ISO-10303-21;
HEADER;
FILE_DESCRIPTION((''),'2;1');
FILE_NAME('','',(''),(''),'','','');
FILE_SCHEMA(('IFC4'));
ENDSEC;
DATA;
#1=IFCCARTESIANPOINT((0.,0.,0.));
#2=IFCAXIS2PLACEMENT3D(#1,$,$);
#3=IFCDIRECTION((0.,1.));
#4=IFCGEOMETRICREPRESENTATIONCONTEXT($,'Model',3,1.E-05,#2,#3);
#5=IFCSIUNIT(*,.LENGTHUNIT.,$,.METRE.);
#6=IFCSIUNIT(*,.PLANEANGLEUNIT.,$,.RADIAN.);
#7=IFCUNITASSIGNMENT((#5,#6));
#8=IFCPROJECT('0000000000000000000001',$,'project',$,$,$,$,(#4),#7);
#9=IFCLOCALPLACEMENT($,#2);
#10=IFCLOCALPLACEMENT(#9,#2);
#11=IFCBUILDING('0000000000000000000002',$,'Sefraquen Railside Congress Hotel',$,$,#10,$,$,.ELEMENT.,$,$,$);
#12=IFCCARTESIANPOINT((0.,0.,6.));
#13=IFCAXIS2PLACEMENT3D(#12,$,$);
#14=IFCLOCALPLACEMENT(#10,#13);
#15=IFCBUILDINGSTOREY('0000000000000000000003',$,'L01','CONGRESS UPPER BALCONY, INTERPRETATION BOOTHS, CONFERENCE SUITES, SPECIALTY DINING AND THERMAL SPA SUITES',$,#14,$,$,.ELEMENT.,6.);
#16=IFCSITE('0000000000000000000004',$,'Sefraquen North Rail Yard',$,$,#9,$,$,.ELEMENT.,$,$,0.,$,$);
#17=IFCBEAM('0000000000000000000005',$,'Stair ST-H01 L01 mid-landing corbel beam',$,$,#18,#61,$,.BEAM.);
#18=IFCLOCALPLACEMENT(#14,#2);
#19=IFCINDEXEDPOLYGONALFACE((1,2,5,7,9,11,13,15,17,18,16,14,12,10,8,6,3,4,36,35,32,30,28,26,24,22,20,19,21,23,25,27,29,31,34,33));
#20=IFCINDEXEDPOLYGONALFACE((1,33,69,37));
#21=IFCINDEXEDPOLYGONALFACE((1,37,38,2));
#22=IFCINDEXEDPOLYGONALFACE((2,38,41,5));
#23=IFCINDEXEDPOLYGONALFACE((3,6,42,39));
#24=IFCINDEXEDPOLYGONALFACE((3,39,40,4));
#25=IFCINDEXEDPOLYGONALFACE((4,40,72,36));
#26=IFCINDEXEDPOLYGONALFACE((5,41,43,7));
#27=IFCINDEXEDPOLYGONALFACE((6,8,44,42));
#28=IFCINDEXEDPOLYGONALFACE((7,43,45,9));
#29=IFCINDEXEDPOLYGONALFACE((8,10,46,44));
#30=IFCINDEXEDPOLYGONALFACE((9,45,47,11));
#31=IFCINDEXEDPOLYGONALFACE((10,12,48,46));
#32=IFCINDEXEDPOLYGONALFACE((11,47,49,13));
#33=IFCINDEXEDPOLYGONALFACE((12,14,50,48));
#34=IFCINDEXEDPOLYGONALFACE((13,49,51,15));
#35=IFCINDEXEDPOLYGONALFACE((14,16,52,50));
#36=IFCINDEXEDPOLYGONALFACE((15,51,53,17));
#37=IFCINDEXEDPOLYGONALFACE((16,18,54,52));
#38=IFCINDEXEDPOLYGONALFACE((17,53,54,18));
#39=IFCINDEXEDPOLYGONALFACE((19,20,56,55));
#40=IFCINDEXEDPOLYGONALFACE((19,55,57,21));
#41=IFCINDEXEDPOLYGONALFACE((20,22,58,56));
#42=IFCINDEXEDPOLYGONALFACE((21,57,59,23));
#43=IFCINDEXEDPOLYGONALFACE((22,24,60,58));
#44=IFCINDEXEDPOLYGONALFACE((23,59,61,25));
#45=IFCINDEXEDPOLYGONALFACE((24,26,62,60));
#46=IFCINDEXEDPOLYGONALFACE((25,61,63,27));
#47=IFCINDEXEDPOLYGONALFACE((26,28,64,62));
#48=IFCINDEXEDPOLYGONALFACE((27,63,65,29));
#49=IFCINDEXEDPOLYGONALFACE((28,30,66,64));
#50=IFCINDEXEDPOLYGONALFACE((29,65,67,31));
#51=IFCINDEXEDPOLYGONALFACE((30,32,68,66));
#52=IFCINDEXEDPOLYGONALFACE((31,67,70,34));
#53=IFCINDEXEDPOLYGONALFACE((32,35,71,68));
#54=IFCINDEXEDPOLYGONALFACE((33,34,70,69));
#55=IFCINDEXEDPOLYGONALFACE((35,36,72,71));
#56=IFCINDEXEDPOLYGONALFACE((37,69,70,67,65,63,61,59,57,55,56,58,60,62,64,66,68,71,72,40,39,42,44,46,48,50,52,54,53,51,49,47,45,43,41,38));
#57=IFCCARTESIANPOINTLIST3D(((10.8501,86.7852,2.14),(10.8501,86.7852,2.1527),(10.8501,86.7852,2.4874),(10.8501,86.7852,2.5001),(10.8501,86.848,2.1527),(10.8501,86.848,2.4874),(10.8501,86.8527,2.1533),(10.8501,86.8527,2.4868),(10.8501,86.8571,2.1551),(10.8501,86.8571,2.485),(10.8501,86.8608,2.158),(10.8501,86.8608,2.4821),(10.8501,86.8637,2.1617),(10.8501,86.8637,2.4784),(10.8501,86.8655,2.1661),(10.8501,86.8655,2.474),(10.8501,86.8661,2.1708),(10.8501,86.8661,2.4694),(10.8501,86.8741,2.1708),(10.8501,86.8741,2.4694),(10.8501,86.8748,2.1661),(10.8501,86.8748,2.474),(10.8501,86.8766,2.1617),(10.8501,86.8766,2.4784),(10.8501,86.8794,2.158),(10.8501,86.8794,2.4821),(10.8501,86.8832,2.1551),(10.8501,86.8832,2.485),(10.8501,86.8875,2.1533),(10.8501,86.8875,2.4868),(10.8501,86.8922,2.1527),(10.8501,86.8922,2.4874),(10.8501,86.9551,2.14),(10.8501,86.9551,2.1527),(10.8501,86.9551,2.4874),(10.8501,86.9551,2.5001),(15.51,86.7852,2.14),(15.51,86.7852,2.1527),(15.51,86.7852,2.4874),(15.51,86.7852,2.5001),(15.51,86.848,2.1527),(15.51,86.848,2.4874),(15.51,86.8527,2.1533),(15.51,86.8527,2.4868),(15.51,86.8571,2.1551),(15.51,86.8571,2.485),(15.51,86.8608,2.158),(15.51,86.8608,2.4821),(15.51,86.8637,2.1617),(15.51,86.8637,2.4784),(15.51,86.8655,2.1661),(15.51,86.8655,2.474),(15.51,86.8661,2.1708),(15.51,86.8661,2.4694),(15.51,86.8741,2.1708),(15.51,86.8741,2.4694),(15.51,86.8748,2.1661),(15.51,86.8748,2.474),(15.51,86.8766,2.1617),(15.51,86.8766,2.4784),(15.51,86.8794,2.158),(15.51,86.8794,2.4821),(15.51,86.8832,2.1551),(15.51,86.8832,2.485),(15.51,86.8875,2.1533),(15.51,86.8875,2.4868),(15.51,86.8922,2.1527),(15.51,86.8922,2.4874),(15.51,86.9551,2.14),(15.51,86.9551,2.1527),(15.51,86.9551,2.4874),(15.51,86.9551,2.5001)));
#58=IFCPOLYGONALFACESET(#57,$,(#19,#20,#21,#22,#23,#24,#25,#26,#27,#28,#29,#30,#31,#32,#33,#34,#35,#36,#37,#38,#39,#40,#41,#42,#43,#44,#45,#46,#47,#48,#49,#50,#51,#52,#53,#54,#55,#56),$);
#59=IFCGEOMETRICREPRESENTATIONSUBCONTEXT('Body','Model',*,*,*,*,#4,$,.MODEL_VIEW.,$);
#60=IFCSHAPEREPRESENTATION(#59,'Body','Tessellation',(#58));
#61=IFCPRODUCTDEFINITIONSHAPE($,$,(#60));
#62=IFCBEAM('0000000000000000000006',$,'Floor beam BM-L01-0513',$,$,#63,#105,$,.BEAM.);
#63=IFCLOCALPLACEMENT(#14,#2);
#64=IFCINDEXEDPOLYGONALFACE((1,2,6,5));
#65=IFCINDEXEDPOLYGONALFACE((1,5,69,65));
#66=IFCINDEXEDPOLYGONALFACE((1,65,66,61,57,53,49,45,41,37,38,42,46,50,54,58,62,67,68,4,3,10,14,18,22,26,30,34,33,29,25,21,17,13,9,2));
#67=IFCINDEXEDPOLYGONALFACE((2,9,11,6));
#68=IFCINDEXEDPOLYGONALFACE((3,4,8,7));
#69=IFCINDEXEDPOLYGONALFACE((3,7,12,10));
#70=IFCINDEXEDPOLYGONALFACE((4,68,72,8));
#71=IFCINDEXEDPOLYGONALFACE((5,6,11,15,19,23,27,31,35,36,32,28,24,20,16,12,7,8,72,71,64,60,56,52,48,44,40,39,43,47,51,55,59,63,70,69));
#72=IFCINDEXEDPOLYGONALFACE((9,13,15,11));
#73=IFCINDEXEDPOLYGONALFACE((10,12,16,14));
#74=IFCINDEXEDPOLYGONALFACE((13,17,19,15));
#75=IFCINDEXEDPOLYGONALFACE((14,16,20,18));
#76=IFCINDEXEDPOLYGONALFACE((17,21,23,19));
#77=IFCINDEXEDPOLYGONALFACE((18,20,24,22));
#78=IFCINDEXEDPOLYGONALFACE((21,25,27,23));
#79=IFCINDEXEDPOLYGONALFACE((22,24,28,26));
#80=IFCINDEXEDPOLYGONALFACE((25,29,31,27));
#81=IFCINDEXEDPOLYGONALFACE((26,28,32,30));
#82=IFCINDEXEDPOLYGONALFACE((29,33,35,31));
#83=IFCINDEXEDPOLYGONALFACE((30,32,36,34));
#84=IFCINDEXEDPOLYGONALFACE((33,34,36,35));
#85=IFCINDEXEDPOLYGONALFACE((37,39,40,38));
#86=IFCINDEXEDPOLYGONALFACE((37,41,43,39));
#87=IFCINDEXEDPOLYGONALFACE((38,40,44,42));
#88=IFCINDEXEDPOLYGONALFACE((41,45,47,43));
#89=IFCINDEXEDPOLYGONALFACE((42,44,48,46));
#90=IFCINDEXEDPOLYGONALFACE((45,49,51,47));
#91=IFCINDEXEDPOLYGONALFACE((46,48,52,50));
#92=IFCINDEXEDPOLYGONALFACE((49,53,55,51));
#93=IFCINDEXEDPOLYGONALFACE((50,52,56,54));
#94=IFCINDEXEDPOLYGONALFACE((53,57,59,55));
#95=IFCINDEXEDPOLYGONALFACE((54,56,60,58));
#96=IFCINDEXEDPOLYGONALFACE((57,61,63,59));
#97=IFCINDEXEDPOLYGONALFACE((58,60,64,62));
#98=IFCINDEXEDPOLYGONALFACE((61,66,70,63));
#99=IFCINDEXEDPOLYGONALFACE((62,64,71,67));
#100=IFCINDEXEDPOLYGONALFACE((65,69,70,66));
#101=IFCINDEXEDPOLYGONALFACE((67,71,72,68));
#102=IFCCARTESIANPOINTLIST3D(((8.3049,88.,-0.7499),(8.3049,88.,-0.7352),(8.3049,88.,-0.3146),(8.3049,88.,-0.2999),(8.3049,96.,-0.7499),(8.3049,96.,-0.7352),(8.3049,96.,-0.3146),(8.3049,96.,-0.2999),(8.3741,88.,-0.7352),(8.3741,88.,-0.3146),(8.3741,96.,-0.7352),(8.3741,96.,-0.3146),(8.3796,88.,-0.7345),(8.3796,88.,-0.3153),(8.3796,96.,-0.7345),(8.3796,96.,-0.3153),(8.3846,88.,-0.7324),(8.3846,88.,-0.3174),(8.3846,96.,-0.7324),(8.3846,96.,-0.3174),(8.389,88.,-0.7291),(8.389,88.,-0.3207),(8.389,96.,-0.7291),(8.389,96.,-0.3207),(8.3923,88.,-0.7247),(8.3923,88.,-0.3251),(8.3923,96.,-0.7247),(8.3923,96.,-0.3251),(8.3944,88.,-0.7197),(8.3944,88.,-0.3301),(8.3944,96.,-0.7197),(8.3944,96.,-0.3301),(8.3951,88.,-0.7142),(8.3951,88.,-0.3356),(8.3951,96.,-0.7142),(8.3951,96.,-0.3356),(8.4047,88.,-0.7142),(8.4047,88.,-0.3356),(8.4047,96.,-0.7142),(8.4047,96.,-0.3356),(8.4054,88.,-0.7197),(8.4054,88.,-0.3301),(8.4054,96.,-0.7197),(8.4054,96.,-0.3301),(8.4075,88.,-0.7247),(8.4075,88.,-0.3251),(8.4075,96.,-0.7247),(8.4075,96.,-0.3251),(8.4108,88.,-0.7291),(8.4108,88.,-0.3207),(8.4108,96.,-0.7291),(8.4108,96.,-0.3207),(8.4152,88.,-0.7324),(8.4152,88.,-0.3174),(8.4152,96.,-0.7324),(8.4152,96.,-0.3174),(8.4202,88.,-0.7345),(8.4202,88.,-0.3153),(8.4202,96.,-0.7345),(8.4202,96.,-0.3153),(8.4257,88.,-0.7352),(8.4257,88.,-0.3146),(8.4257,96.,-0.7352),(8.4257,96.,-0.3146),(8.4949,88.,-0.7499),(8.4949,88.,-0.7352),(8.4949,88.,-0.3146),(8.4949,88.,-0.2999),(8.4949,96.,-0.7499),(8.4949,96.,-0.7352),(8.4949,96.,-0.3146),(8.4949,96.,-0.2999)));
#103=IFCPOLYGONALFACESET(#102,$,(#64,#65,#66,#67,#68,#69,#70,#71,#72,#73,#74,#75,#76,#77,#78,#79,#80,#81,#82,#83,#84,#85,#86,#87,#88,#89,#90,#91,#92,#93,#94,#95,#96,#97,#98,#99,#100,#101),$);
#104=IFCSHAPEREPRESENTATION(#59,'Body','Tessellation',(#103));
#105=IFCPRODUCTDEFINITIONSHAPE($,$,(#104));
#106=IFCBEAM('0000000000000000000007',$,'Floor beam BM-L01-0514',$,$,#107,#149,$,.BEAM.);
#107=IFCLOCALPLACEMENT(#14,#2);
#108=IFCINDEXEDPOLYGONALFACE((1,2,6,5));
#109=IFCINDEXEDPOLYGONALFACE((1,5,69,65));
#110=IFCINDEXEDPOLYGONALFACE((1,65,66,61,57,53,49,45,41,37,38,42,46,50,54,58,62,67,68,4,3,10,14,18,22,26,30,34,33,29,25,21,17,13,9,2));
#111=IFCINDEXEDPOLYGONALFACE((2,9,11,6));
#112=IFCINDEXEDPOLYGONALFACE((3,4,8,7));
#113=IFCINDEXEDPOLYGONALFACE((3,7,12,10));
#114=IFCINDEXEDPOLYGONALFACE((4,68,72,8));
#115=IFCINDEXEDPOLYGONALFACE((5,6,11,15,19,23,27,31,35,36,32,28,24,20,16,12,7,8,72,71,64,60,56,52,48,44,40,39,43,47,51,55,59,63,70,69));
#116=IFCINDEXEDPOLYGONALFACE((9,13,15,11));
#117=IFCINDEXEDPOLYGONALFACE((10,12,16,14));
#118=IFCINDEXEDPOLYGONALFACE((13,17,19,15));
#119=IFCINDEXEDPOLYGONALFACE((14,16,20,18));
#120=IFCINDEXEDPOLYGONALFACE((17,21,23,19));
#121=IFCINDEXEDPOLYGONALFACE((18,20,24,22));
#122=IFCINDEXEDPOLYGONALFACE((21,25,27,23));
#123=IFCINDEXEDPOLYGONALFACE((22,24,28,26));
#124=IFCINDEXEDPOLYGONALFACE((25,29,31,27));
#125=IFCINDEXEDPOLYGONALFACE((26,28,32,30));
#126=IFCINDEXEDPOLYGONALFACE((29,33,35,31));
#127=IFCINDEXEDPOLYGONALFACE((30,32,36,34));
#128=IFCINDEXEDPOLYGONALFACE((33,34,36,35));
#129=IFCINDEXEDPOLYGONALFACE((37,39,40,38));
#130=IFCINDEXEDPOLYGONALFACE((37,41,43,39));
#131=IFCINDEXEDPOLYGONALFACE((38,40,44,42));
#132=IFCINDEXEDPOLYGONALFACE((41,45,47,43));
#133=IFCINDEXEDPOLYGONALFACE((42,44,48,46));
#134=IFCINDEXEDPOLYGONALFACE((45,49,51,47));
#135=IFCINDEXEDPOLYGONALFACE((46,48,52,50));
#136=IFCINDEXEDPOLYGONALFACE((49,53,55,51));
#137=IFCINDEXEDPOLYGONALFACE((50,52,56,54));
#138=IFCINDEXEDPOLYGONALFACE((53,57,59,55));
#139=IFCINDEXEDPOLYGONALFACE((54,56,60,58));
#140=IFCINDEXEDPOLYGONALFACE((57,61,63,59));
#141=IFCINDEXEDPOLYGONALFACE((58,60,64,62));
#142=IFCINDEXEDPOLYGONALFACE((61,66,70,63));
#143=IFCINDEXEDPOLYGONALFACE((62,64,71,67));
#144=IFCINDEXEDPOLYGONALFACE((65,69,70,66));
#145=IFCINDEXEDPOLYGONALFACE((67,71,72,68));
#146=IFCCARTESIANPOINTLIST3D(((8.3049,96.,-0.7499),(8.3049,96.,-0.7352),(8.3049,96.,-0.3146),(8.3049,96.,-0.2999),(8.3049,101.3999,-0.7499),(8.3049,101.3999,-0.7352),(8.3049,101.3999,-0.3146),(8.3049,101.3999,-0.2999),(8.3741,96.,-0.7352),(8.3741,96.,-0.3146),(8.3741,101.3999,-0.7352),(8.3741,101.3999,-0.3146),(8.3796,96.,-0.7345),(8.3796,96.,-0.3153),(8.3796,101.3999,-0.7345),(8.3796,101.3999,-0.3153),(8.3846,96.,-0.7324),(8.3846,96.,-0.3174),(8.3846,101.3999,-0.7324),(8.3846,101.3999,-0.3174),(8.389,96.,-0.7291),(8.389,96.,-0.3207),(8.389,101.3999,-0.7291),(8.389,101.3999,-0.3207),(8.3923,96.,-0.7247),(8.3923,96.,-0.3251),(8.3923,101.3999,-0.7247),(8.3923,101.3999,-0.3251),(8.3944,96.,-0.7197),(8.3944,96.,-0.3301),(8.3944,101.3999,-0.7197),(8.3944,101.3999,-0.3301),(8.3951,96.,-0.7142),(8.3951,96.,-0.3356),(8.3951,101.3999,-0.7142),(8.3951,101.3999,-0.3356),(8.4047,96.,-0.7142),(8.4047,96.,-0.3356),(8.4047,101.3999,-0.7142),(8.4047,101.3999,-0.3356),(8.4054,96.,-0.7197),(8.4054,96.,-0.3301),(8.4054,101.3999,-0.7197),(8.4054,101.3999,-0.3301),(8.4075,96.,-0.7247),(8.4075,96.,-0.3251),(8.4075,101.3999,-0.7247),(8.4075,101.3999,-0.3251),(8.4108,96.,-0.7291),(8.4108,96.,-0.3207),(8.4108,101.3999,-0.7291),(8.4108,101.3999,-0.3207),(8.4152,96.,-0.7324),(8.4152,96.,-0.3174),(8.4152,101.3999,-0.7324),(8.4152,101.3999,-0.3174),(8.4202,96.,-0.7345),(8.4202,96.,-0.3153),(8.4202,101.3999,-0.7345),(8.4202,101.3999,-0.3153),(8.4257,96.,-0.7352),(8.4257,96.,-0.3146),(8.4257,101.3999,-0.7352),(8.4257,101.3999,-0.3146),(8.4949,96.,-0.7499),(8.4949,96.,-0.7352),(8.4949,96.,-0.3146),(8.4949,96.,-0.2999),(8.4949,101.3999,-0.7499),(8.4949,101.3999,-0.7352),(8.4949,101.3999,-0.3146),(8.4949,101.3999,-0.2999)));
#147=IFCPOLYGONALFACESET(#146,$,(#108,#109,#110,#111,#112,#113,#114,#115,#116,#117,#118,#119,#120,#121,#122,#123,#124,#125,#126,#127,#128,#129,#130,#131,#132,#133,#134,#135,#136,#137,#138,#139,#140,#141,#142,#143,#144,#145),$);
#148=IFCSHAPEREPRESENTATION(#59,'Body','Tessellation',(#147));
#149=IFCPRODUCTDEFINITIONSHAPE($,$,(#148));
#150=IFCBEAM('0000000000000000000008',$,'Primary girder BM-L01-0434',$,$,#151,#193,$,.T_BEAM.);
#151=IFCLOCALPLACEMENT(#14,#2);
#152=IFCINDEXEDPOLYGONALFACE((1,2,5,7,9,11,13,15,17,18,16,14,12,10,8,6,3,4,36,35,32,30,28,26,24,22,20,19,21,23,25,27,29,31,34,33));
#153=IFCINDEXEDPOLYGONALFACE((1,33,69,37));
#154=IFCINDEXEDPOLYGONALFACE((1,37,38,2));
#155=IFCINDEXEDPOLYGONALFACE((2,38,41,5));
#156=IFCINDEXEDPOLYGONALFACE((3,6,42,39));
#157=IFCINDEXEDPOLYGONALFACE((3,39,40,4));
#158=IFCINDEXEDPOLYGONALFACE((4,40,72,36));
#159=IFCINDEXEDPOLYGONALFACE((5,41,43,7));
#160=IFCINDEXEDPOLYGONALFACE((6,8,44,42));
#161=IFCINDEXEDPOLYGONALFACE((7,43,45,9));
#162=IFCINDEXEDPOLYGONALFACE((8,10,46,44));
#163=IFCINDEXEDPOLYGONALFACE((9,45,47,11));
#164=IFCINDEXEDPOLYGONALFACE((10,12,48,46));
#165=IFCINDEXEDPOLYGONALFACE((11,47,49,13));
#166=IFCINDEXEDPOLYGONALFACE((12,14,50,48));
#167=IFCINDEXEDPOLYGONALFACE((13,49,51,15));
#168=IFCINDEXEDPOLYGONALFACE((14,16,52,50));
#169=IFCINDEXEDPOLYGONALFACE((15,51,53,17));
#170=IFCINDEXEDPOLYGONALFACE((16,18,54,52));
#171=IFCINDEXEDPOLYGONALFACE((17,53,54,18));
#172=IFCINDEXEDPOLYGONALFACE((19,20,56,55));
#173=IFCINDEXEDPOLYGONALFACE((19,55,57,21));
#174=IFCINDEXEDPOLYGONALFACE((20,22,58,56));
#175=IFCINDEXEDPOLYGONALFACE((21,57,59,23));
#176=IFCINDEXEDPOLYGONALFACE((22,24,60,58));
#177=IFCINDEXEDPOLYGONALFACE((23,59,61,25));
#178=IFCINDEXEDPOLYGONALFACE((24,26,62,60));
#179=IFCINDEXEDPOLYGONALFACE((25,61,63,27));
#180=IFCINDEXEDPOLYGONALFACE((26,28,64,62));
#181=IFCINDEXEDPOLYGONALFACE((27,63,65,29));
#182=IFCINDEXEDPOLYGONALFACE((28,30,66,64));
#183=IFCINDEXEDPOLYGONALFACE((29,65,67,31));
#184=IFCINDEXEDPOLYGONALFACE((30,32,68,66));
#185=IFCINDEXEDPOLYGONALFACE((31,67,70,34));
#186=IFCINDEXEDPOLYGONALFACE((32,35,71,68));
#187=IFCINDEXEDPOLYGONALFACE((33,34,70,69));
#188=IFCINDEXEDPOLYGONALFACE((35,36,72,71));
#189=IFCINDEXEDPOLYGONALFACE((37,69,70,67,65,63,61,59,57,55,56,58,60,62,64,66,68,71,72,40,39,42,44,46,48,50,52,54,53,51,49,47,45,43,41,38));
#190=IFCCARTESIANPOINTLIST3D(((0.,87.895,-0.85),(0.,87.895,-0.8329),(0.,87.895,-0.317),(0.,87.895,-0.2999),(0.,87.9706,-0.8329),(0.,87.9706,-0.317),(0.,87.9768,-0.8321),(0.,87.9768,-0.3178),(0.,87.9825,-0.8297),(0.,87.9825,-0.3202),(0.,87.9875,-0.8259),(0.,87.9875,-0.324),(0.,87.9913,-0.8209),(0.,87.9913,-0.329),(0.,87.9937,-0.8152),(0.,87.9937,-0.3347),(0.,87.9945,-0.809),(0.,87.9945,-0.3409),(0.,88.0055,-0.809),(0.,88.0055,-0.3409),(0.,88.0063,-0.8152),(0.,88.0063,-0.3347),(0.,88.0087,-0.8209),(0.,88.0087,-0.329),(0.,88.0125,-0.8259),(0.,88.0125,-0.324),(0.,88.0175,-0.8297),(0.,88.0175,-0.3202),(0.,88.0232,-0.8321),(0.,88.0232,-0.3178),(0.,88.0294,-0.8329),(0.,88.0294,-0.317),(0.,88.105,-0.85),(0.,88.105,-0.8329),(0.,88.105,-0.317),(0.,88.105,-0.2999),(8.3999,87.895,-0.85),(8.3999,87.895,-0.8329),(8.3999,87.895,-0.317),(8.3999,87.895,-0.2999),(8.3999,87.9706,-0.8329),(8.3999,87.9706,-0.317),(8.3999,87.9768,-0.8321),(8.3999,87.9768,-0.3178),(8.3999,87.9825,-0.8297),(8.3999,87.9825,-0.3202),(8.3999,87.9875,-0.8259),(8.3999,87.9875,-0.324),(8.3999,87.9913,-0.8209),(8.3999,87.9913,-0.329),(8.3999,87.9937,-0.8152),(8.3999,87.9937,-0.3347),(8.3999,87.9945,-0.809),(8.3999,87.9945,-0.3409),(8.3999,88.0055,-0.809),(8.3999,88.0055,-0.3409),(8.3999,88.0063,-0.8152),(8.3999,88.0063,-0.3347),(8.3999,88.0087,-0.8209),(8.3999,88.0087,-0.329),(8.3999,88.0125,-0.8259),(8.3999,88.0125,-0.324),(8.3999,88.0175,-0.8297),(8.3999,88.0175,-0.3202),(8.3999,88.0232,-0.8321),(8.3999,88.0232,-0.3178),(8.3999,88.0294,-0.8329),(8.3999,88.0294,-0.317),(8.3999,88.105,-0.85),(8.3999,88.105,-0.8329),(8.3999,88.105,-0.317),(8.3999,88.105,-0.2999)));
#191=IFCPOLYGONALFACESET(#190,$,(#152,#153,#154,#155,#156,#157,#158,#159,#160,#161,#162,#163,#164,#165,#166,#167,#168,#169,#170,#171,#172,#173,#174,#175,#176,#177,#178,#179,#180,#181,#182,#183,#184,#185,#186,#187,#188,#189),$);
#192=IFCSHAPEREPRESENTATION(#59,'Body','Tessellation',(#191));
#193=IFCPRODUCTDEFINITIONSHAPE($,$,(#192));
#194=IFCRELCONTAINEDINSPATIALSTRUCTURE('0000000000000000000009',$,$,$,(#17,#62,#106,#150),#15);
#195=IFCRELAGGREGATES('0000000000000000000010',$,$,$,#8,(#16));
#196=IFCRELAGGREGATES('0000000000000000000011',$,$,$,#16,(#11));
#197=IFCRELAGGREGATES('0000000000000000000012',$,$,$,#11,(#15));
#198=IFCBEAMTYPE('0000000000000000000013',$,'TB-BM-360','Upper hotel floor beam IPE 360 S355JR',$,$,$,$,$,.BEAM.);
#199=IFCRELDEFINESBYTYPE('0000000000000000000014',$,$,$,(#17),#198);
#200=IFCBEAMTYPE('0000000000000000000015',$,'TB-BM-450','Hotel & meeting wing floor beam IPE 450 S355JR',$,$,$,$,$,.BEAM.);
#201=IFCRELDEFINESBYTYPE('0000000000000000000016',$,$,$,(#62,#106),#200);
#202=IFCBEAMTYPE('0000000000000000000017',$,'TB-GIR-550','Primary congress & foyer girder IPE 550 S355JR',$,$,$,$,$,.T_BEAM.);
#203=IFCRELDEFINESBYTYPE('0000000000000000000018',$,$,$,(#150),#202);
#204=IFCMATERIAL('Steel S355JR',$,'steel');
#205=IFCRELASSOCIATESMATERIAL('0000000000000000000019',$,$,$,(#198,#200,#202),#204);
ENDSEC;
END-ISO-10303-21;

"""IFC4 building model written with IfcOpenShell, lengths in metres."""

from ifc_helpers import new_model, si_unit, direction, frame, origin, origin_2d, place, context, subcontext, project, spatial, i_section, extrude, material, material_profile, profile_set, type_object, element, save


model = new_model("IFC4")

# Units and contexts
model_context = context("Model", 3, precision=1e-05, world=origin(), true_north=direction((0.0, 1.0)))
body_context = subcontext(model_context, "Body", "Model", "MODEL_VIEW")
ifc_project = project(units=[si_unit("LENGTHUNIT", "METRE"), si_unit("PLANEANGLEUNIT", "RADIAN")], contexts=[model_context])

# Site, building, storey
site_placement = place(None, origin())
site = spatial("IfcSite", under=ifc_project, at=site_placement, Name="Sefraquen North Rail Yard", CompositionType="ELEMENT", RefElevation=0.0)
building_placement = place(site_placement, origin())
building = spatial("IfcBuilding", under=site, at=building_placement, Name="Sefraquen Railside Congress Hotel", CompositionType="ELEMENT")
storey_placement = place(building_placement, frame((0.0, 0.0, 6.0)))
storey = spatial("IfcBuildingStorey", under=building, at=storey_placement, Name="L01", Description="CONGRESS UPPER BALCONY, INTERPRETATION BOOTHS, CONFERENCE SUITES, SPECIALTY DINING AND THERMAL SPA SUITES", CompositionType="ELEMENT", Elevation=6.0)

# Shared definitions
ifc_material_1 = material(Name="Steel S355JR", Category="steel")

# Beams
ifc_material_profile_1 = material_profile(ifc_material_1, i_section(OverallWidth=0.1699, OverallDepth=0.3601, WebThickness=0.0081, FlangeThickness=0.0127, FilletRadius=0.0181, at=origin_2d()), Name="IPE 360")
ifc_profile_set_1 = profile_set([ifc_material_profile_1], Name="Steel S355JR")
beam_type_1 = type_object("IfcBeamType", Name="TB-BM-360", Description="Upper hotel floor beam IPE 360 S355JR", PredefinedType="BEAM", material=ifc_profile_set_1)
beam_1_placement = place(storey_placement, frame((10.8501, 86.8701, 2.3201), z_axis=(1.0, 0.0, 0.0), x_axis=(0.0, 1.0, 0.0)))
element("IfcBeam", 1, at=beam_1_placement, inside=storey, type_object=beam_type_1, Name="Stair ST-H01 L01 mid-landing corbel beam", PredefinedType="BEAM", context=body_context, shape_type="SweptSolid", body=[
    extrude(i_section(OverallWidth=0.1699, OverallDepth=0.3601, WebThickness=0.0081, FlangeThickness=0.0127, FilletRadius=0.0181, at=origin_2d()), origin(), (0.0, 0.0, 1.0), 4.6599),
])
ifc_material_profile_2 = material_profile(ifc_material_1, i_section(OverallWidth=0.1899, OverallDepth=0.45, WebThickness=0.0095, FlangeThickness=0.0146, FilletRadius=0.021, at=origin_2d()), Name="IPE 450")
ifc_profile_set_2 = profile_set([ifc_material_profile_2], Name="Steel S355JR")
beam_type_2 = type_object("IfcBeamType", Name="TB-BM-450", Description="Hotel & meeting wing floor beam IPE 450 S355JR", PredefinedType="BEAM", material=ifc_profile_set_2)
beam_2_placement = place(storey_placement, frame((8.3999, 88.0, -0.5249), z_axis=(0.0, 1.0, 0.0), x_axis=(-1.0, 0.0, 0.0)))
element("IfcBeam", 2, at=beam_2_placement, inside=storey, type_object=beam_type_2, Name="Floor beam BM-L01-0513", PredefinedType="BEAM", context=body_context, shape_type="SweptSolid", body=[
    extrude(i_section(OverallWidth=0.1899, OverallDepth=0.45, WebThickness=0.0095, FlangeThickness=0.0146, FilletRadius=0.021, at=origin_2d()), origin(), (0.0, 0.0, 1.0), 8.0),
])
beam_3_placement = place(storey_placement, frame((8.3999, 96.0, -0.5249), z_axis=(0.0, 1.0, 0.0), x_axis=(-1.0, 0.0, 0.0)))
element("IfcBeam", 3, at=beam_3_placement, inside=storey, type_object=beam_type_2, Name="Floor beam BM-L01-0514", PredefinedType="BEAM", context=body_context, shape_type="SweptSolid", body=[
    extrude(i_section(OverallWidth=0.1899, OverallDepth=0.45, WebThickness=0.0095, FlangeThickness=0.0146, FilletRadius=0.021, at=origin_2d()), origin(), (0.0, 0.0, 1.0), 5.3999),
])
ifc_material_profile_3 = material_profile(ifc_material_1, i_section(OverallWidth=0.21, OverallDepth=0.55, WebThickness=0.011, FlangeThickness=0.0171, FilletRadius=0.0239, at=origin_2d()), Name="IPE 550")
ifc_profile_set_3 = profile_set([ifc_material_profile_3], Name="Steel S355JR")
beam_type_3 = type_object("IfcBeamType", Name="TB-GIR-550", Description="Primary congress & foyer girder IPE 550 S355JR", PredefinedType="T_BEAM", material=ifc_profile_set_3)
for number, where, z_axis, x_axis, name in (
    (4, (0.0, 88.0, -0.575), (1.0, 0.0, 0.0), (0.0, 1.0, 0.0), "Primary girder BM-L01-0434"),
):
    element("IfcBeam", number, at=place(storey_placement, frame(where, z_axis=z_axis, x_axis=x_axis)), inside=storey, type_object=beam_type_3, Name=name, PredefinedType="T_BEAM", context=body_context, shape_type="SweptSolid", body=[
        extrude(i_section(OverallWidth=0.21, OverallDepth=0.55, WebThickness=0.011, FlangeThickness=0.0171, FilletRadius=0.0239, at=origin_2d()), origin(), (0.0, 0.0, 1.0), 8.3999),
    ])

save(model, "model.ifc")
